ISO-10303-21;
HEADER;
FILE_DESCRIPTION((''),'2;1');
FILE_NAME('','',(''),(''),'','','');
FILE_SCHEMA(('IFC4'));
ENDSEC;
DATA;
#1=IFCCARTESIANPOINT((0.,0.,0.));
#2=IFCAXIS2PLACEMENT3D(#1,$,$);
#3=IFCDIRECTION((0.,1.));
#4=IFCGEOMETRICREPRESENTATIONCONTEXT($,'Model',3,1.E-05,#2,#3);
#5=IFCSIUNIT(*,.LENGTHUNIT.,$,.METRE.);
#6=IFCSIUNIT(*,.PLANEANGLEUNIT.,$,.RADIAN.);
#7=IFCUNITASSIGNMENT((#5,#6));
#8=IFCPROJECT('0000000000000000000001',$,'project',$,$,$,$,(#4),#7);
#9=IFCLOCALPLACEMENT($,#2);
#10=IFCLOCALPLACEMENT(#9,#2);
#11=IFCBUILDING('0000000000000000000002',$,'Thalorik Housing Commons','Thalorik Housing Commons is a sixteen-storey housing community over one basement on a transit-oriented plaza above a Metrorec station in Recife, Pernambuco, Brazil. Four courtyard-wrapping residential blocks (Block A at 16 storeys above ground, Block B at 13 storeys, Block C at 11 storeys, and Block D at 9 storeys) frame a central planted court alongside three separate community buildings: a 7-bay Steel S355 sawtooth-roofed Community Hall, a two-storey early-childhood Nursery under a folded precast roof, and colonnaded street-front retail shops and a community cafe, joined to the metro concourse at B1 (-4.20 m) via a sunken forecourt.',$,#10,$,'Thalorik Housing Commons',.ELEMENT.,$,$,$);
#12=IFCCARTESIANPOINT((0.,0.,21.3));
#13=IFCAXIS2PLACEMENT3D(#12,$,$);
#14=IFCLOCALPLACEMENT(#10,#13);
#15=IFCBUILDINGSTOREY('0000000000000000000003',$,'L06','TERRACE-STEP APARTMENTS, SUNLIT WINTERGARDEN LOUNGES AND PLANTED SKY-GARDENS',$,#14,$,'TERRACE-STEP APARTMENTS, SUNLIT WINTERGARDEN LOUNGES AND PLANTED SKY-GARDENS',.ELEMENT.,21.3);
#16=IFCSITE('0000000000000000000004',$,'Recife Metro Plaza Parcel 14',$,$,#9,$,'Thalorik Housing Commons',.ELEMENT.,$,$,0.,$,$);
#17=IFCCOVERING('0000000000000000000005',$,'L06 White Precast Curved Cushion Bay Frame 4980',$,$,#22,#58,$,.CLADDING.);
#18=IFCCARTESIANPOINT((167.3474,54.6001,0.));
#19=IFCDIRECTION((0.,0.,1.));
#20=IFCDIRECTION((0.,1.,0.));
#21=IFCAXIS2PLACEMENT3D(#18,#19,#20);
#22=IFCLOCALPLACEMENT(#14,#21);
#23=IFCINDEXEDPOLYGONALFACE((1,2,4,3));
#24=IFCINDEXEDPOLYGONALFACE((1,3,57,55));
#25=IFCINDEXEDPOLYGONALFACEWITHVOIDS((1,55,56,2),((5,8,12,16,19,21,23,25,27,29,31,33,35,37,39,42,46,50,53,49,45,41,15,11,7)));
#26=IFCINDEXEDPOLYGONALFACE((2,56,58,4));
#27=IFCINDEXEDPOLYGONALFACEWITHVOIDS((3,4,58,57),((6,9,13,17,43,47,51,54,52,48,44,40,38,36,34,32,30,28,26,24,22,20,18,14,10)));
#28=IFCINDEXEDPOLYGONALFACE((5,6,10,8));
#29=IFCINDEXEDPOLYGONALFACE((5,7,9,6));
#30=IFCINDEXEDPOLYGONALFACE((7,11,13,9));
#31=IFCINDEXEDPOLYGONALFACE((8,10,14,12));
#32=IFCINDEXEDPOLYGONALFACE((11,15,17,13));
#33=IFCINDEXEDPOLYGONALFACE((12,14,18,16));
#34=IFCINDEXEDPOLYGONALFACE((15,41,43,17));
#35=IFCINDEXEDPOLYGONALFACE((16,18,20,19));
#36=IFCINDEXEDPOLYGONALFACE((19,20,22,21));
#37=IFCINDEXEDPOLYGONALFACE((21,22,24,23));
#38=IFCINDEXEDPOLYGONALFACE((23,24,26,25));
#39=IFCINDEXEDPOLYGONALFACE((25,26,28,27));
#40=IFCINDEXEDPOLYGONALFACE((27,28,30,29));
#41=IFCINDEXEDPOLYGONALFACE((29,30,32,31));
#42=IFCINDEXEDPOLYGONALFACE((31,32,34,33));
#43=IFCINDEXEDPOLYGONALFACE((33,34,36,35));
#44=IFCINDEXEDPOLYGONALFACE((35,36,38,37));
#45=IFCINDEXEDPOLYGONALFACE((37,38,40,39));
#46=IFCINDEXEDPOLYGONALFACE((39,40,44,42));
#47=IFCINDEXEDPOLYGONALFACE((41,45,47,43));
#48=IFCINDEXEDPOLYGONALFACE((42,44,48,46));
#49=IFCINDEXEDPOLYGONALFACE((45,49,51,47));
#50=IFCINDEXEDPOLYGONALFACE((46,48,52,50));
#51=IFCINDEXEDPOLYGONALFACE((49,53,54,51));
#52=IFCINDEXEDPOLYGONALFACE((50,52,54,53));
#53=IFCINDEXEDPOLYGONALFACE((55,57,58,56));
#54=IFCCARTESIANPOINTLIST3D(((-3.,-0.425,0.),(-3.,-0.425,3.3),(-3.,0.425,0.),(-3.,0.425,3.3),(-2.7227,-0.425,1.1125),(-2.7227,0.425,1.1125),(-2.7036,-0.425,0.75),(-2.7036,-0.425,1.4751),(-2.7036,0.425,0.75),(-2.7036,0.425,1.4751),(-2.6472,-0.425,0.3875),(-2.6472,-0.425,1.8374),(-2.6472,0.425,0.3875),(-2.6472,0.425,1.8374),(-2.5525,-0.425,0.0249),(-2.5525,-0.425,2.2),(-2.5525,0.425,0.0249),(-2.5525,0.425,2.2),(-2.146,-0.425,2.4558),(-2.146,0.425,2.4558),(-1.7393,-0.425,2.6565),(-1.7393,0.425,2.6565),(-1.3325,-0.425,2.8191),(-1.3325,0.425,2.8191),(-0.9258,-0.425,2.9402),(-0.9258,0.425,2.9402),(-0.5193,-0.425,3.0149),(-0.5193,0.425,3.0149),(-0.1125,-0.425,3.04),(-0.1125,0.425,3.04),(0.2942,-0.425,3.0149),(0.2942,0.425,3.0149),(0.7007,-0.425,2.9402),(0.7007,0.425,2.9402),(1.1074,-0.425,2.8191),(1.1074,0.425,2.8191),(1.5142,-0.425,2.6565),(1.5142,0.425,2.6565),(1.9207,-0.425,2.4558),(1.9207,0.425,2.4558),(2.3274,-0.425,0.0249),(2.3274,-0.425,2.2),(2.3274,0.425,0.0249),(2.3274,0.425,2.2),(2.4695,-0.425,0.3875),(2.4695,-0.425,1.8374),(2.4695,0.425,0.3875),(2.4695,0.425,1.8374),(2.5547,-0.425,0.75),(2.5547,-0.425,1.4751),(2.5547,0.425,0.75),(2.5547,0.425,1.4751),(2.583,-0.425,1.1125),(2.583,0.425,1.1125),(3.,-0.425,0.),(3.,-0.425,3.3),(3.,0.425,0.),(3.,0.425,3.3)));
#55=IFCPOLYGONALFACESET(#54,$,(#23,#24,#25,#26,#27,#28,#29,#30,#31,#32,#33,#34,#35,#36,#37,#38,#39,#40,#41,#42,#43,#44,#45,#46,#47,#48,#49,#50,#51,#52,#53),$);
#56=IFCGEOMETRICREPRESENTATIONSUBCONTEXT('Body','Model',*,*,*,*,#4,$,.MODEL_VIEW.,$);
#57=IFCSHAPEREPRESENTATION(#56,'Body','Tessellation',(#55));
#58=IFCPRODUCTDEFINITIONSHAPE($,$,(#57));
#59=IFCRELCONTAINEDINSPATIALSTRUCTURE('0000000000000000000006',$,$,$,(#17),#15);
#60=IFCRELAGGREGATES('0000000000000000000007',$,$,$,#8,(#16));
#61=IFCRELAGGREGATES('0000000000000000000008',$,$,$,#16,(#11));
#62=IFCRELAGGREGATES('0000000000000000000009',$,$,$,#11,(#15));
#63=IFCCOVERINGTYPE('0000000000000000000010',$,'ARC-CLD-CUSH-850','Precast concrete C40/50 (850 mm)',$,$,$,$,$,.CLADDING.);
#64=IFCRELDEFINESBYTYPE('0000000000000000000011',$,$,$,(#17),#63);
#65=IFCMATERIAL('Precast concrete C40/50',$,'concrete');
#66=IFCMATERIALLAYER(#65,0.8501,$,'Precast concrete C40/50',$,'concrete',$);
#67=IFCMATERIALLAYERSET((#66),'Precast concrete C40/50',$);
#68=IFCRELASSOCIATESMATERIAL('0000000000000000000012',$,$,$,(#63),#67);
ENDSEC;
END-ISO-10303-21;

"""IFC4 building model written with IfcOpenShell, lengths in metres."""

from ifc_helpers import new_model, si_unit, direction, frame, origin, place, context, subcontext, project, spatial, polyline, outline, extrude, material, layer, layer_set, type_object, element, save


model = new_model("IFC4")

# Units and contexts
model_context = context("Model", 3, precision=1e-05, world=origin(), true_north=direction((0.0, 1.0)))
body_context = subcontext(model_context, "Body", "Model", "MODEL_VIEW")
ifc_project = project(units=[si_unit("LENGTHUNIT", "METRE"), si_unit("PLANEANGLEUNIT", "RADIAN")], contexts=[model_context])

# Site, building, storey
site_placement = place(None, origin())
site = spatial("IfcSite", under=ifc_project, at=site_placement, Name="Recife Metro Plaza Parcel 14", LongName="Thalorik Housing Commons", CompositionType="ELEMENT", RefElevation=0.0)
building_placement = place(site_placement, origin())
building = spatial("IfcBuilding", under=site, at=building_placement, Name="Thalorik Housing Commons", Description="Thalorik Housing Commons is a sixteen-storey housing community over one basement on a transit-oriented plaza above a Metrorec station in Recife, Pernambuco, Brazil. Four courtyard-wrapping residential blocks (Block A at 16 storeys above ground, Block B at 13 storeys, Block C at 11 storeys, and Block D at 9 storeys) frame a central planted court alongside three separate community buildings: a 7-bay Steel S355 sawtooth-roofed Community Hall, a two-storey early-childhood Nursery under a folded precast roof, and colonnaded street-front retail shops and a community cafe, joined to the metro concourse at B1 (-4.20 m) via a sunken forecourt.", LongName="Thalorik Housing Commons", CompositionType="ELEMENT")
storey_placement = place(building_placement, frame((0.0, 0.0, 21.3)))
storey = spatial("IfcBuildingStorey", under=building, at=storey_placement, Name="L06", Description="TERRACE-STEP APARTMENTS, SUNLIT WINTERGARDEN LOUNGES AND PLANTED SKY-GARDENS", LongName="TERRACE-STEP APARTMENTS, SUNLIT WINTERGARDEN LOUNGES AND PLANTED SKY-GARDENS", CompositionType="ELEMENT", Elevation=21.3)

# Shared definitions
ifc_material_1 = material(Name="Precast concrete C40/50", Category="concrete")

# Covering
ifc_layer_1 = layer(ifc_material_1, 0.8501, Name="Precast concrete C40/50", Category="concrete")
ifc_layer_set_1 = layer_set([ifc_layer_1], Name="Precast concrete C40/50")
covering_type_1 = type_object("IfcCoveringType", Name="ARC-CLD-CUSH-850", Description="Precast concrete C40/50 (850 mm)", PredefinedType="CLADDING", material=ifc_layer_set_1)
covering_1_placement = place(storey_placement, frame((167.3474, 54.6001, 0.0), z_axis=(0.0, 0.0, 1.0), x_axis=(0.0, 1.0, 0.0)))
element("IfcCovering", 1, at=covering_1_placement, inside=storey, type_object=covering_type_1, Name="L06 White Precast Curved Cushion Bay Frame 4980", PredefinedType="CLADDING", context=body_context, shape_type="SweptSolid", body=[
    extrude(outline(polyline([(-3.0, 0.0), (3.0, 0.0), (3.0, 3.3), (-3.0, 3.3), (-3.0, 0.0)]), holes=[polyline([(2.3274, 0.0249), (2.4695, 0.3875), (2.5547, 0.75), (2.583, 1.1125), (2.5547, 1.4751), (2.4695, 1.8374), (2.3274, 2.2), (1.9207, 2.4558), (1.5142, 2.6565), (1.1074, 2.8191), (0.7007, 2.9402), (0.2942, 3.0149), (-0.1125, 3.04), (-0.5193, 3.0149), (-0.9258, 2.9402), (-1.3325, 2.8191), (-1.7393, 2.6565), (-2.146, 2.4558), (-2.5525, 2.2), (-2.6472, 1.8374), (-2.7036, 1.4751), (-2.7227, 1.1125), (-2.7036, 0.75), (-2.6472, 0.3875), (-2.5525, 0.0249), (2.3274, 0.0249)])]), frame((0.0, 0.425, 0.0), z_axis=(0.0, -1.0, 0.0), x_axis=(1.0, 0.0, 0.0)), (0.0, 0.0, 1.0), 0.8501),
])

save(model, "model.ifc")
